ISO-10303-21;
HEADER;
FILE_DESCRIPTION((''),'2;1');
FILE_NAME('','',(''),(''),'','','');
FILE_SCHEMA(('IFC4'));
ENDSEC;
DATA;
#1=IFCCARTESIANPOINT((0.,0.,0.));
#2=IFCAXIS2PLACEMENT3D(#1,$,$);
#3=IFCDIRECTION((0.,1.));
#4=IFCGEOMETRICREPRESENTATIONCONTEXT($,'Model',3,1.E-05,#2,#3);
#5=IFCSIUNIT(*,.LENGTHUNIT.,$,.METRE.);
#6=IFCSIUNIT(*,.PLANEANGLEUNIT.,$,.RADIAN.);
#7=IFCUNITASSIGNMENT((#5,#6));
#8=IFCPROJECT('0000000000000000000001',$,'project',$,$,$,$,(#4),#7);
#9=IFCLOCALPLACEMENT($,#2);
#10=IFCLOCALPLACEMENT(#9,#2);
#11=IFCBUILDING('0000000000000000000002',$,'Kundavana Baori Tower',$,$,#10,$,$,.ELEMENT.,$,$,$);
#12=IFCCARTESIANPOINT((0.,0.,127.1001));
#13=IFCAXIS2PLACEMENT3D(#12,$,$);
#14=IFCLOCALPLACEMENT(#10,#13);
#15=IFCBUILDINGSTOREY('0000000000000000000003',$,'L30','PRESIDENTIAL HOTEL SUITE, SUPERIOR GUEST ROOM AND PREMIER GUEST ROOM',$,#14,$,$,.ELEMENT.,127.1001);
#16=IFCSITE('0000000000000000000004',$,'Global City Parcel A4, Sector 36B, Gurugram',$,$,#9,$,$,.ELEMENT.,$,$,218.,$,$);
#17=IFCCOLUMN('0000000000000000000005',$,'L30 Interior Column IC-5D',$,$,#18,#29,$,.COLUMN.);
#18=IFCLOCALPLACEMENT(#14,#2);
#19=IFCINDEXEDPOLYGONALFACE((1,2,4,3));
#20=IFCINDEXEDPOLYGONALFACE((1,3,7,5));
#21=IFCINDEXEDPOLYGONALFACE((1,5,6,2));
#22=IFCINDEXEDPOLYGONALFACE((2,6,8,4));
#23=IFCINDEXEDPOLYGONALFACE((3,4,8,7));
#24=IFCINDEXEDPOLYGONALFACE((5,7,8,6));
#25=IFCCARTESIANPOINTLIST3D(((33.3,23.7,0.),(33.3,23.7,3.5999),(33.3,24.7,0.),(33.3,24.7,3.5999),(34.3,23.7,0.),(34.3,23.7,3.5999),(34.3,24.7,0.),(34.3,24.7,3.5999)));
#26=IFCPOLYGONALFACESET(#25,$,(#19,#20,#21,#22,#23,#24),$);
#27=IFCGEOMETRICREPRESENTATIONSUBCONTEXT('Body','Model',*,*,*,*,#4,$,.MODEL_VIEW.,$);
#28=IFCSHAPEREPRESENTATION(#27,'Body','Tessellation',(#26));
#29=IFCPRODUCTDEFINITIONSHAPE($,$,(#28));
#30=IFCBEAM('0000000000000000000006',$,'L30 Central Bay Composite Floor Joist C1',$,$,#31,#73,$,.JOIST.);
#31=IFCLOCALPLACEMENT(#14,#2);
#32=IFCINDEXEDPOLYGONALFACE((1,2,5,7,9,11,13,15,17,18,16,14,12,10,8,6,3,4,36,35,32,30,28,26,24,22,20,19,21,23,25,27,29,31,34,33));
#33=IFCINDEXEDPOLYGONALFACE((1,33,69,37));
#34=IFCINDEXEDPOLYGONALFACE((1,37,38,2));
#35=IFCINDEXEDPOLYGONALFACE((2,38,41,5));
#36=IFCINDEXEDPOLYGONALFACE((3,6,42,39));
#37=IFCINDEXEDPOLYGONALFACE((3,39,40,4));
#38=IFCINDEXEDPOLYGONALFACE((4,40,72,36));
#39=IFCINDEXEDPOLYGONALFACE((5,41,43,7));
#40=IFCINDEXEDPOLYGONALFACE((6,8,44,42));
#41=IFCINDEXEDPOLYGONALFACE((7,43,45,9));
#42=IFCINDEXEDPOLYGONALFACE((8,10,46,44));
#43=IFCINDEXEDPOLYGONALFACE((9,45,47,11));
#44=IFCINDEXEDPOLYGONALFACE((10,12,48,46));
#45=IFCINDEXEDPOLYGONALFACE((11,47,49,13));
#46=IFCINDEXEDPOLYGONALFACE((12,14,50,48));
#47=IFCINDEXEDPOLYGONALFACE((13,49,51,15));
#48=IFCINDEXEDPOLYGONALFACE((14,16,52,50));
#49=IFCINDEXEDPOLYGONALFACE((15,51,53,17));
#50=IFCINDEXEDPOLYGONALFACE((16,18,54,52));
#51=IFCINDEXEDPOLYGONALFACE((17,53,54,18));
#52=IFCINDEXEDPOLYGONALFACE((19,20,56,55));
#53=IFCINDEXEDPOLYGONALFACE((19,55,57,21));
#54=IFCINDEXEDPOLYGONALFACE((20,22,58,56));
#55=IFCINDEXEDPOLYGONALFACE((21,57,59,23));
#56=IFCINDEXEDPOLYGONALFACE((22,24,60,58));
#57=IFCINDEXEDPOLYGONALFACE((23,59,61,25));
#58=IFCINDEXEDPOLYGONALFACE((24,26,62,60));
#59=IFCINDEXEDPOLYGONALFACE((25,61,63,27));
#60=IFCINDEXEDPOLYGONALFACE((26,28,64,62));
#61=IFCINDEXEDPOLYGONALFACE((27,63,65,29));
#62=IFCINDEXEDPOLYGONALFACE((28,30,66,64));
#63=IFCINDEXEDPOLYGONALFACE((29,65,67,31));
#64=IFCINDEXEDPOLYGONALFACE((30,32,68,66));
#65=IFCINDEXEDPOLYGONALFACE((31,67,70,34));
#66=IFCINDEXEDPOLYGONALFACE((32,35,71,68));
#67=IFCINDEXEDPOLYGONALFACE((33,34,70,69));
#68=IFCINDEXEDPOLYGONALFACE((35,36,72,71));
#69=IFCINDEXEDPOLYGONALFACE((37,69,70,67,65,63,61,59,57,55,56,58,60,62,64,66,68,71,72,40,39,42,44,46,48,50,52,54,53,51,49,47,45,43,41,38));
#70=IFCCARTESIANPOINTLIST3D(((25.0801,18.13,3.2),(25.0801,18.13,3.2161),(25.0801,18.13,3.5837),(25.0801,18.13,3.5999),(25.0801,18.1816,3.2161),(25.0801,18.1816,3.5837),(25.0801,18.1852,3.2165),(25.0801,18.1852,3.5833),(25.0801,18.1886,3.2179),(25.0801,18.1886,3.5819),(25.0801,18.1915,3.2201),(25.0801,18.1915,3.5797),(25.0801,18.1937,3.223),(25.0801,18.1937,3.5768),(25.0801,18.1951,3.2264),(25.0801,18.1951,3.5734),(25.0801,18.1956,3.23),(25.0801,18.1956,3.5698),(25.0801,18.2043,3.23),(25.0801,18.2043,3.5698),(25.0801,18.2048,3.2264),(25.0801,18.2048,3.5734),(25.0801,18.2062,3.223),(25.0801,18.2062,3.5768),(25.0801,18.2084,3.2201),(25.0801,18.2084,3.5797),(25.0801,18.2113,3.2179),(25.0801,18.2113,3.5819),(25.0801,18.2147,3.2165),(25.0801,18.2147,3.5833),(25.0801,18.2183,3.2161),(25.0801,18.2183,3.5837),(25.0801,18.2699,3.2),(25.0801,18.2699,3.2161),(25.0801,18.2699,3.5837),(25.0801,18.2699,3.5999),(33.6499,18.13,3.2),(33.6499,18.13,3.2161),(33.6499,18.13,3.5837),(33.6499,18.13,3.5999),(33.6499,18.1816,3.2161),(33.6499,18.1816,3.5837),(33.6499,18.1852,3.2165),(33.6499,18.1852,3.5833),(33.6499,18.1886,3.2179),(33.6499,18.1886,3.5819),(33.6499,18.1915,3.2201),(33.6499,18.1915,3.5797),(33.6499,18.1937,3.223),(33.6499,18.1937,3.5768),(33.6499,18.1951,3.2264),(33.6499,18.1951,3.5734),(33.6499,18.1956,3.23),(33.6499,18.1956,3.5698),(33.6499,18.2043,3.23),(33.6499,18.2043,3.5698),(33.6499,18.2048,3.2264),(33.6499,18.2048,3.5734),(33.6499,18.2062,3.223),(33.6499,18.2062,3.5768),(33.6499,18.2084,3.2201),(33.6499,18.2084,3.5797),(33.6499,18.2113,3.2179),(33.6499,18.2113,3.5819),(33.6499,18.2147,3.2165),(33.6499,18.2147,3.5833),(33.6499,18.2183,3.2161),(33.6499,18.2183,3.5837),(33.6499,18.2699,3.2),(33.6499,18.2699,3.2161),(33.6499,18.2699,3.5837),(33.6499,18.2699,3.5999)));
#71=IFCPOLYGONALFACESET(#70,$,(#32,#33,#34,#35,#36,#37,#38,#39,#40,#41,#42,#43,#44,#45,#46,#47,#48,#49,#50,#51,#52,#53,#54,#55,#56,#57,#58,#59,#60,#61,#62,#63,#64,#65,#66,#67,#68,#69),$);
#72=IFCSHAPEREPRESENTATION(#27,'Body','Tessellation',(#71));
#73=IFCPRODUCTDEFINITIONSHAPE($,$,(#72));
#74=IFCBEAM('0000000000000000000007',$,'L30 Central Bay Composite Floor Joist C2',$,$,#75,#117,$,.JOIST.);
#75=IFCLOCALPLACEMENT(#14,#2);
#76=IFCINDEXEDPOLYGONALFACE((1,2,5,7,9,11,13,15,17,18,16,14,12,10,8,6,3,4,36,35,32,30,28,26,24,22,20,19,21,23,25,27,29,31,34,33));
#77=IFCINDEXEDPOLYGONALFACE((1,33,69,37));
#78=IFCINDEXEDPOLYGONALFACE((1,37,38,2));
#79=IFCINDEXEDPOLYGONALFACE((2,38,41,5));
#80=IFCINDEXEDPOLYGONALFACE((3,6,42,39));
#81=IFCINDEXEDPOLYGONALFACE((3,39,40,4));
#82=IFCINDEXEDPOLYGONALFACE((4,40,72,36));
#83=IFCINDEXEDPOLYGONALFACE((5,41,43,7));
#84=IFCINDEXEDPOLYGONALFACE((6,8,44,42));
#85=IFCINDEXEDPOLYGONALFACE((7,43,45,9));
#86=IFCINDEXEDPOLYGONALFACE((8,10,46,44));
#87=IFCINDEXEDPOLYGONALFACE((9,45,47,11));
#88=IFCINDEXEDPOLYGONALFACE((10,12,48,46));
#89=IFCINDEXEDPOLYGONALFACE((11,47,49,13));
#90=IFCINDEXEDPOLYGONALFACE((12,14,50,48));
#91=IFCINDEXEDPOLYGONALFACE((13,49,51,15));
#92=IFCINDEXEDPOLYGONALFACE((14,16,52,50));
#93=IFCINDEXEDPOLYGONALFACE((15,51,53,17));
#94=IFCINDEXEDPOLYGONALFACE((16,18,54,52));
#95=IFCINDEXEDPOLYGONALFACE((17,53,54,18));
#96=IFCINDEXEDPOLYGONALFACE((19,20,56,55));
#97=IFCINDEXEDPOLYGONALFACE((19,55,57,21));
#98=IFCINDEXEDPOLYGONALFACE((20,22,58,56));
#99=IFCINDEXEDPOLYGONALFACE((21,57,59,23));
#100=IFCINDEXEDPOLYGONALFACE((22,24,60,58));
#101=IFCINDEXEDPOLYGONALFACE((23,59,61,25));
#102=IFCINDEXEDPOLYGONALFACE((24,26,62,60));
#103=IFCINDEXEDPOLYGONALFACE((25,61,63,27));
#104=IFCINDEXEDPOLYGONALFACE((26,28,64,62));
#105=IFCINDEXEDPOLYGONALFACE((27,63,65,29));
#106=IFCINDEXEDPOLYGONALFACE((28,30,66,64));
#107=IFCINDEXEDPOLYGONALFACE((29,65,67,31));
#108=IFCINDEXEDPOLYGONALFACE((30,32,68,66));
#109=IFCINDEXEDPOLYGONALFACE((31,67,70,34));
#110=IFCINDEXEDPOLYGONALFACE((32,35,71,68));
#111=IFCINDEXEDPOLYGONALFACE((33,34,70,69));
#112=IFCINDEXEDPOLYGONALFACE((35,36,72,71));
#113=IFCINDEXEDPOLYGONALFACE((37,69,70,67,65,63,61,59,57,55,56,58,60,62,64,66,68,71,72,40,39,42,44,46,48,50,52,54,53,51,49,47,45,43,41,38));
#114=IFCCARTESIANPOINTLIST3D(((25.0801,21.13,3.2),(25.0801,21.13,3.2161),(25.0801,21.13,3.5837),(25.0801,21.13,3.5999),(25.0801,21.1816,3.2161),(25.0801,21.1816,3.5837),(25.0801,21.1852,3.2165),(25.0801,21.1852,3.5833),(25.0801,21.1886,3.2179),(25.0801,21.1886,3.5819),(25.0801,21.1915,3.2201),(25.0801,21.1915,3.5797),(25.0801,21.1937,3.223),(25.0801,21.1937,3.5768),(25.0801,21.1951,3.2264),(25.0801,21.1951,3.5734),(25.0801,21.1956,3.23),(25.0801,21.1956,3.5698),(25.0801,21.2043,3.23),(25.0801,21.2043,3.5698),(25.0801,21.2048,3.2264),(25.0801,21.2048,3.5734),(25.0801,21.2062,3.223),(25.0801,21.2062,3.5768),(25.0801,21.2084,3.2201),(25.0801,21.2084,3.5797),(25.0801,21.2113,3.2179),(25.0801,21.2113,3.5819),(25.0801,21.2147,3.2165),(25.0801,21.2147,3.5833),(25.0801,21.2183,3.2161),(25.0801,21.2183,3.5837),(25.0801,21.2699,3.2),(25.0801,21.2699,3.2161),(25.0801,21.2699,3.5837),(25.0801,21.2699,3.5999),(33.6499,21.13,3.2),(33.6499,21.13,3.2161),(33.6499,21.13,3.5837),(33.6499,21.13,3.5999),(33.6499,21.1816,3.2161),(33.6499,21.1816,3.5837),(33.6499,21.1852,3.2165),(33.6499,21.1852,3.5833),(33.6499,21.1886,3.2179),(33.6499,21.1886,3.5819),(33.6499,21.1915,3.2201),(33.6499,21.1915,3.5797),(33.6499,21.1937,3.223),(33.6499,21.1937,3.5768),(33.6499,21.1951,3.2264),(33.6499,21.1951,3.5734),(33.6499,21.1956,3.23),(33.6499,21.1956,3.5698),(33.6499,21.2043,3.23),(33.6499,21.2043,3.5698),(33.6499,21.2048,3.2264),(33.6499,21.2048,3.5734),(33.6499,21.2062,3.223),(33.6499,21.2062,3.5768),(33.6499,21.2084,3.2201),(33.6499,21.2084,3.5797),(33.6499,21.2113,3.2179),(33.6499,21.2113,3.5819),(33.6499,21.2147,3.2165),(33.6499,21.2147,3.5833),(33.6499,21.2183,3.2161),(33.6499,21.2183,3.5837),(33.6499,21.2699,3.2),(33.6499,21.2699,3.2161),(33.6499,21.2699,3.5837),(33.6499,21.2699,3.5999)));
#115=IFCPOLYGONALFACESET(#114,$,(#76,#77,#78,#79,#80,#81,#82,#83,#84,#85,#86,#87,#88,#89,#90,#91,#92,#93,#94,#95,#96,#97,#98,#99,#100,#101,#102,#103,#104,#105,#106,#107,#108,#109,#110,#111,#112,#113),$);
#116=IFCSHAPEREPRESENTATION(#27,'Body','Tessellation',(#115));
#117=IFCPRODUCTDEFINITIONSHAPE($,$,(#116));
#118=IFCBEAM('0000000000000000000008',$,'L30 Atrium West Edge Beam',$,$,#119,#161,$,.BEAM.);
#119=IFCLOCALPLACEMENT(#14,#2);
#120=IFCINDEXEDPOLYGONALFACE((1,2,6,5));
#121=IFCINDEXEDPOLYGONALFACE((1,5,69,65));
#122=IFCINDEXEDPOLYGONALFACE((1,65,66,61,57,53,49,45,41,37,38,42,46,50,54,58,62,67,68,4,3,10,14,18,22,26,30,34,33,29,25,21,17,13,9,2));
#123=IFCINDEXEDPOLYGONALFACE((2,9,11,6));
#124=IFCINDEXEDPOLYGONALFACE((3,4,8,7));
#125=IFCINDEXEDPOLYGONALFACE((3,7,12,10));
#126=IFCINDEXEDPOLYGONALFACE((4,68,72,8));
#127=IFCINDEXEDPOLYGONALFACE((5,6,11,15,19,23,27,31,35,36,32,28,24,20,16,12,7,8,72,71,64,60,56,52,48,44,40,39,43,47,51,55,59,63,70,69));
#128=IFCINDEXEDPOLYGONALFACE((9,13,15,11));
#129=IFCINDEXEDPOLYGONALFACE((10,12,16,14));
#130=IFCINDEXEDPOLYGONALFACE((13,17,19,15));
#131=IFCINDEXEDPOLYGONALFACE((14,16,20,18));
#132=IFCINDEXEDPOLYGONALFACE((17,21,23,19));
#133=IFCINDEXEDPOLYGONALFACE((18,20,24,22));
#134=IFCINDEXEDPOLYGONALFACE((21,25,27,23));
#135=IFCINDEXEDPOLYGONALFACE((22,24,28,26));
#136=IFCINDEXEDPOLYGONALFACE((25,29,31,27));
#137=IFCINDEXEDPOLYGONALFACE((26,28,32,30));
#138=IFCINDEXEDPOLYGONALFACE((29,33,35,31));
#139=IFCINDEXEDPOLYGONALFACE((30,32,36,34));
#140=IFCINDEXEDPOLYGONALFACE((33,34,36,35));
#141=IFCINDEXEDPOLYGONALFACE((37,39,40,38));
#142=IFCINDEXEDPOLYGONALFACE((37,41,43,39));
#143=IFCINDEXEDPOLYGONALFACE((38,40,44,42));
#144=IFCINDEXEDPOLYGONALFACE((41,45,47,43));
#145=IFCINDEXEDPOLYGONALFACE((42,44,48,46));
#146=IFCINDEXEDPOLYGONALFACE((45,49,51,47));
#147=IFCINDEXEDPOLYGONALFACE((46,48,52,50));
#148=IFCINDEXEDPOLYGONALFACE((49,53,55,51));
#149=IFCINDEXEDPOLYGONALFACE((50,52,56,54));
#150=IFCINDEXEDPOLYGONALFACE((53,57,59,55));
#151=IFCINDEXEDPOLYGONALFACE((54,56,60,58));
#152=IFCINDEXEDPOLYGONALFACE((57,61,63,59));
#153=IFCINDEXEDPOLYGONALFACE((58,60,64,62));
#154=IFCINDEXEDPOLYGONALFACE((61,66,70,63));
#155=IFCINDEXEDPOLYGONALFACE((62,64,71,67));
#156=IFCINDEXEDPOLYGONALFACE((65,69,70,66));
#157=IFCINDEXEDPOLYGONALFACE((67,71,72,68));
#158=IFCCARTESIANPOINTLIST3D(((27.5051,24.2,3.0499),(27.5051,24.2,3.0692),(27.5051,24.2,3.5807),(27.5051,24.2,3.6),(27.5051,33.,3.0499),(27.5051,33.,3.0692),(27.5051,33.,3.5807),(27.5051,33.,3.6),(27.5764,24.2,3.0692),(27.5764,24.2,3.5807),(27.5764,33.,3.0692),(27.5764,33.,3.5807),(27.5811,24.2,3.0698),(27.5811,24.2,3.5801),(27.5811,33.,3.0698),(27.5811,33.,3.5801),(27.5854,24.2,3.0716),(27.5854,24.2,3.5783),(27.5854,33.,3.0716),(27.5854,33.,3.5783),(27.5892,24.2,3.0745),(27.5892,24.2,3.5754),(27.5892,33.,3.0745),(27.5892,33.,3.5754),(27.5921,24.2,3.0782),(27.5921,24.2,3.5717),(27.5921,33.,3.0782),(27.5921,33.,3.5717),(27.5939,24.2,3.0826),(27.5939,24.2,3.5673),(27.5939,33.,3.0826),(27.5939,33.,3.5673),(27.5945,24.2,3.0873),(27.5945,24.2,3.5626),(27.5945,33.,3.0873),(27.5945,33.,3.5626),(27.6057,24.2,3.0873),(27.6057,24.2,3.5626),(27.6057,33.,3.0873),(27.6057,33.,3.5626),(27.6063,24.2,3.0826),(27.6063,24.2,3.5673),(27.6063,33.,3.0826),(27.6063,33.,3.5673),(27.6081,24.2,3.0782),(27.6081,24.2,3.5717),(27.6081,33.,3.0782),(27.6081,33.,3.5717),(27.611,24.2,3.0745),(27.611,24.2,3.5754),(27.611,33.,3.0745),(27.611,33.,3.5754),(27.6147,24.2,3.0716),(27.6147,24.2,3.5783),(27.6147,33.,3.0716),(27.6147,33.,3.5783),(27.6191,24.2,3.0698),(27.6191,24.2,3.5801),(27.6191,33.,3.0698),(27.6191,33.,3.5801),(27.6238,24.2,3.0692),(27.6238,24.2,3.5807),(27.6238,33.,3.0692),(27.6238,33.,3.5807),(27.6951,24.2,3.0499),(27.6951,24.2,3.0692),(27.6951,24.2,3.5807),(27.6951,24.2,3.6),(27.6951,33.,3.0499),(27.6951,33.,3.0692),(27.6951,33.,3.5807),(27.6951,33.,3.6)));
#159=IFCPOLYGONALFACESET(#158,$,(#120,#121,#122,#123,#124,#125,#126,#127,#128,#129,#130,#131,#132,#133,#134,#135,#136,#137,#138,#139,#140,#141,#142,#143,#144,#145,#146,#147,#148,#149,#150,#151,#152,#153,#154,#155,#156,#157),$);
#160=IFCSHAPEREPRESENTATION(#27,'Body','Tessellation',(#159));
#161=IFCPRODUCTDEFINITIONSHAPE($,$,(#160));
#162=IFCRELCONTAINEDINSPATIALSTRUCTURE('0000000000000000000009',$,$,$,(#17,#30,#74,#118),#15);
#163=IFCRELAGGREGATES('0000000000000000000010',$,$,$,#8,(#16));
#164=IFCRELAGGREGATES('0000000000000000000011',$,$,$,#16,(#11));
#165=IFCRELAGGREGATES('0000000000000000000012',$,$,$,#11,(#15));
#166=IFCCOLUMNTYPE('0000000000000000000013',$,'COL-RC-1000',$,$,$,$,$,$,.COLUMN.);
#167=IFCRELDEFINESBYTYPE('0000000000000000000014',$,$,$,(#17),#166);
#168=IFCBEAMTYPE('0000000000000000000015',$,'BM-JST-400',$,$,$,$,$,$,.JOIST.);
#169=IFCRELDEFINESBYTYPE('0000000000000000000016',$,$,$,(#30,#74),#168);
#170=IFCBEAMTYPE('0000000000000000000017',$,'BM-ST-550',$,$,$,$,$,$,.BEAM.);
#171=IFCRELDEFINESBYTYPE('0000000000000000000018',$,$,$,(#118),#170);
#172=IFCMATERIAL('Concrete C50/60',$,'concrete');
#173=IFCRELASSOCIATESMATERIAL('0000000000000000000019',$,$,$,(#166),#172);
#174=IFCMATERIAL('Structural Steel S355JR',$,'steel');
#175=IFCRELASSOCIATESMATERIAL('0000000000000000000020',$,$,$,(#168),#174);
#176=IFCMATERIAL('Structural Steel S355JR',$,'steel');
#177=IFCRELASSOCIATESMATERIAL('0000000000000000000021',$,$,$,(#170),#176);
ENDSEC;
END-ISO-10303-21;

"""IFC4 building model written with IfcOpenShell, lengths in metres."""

from ifc_helpers import new_model, si_unit, direction, frame, origin, origin_2d, place, context, subcontext, project, spatial, rectangle, i_section, extrude, material, material_profile, profile_set, type_object, element, save


model = new_model("IFC4")

# Units and contexts
model_context = context("Model", 3, precision=1e-05, world=origin(), true_north=direction((0.0, 1.0)))
body_context = subcontext(model_context, "Body", "Model", "MODEL_VIEW")
ifc_project = project(units=[si_unit("LENGTHUNIT", "METRE"), si_unit("PLANEANGLEUNIT", "RADIAN")], contexts=[model_context])

# Site, building, storey
site_placement = place(None, origin())
site = spatial("IfcSite", under=ifc_project, at=site_placement, Name="Global City Parcel A4, Sector 36B, Gurugram", CompositionType="ELEMENT", RefElevation=218.0)
building_placement = place(site_placement, origin())
building = spatial("IfcBuilding", under=site, at=building_placement, Name="Kundavana Baori Tower", CompositionType="ELEMENT")
storey_placement = place(building_placement, frame((0.0, 0.0, 127.1001)))
storey = spatial("IfcBuildingStorey", under=building, at=storey_placement, Name="L30", Description="PRESIDENTIAL HOTEL SUITE, SUPERIOR GUEST ROOM AND PREMIER GUEST ROOM", CompositionType="ELEMENT", Elevation=127.1001)

# Column
ifc_material_1 = material(Name="Concrete C50/60", Category="concrete")
ifc_material_profile_1 = material_profile(ifc_material_1, rectangle(XDim=1.0, YDim=1.0, at=origin_2d()), Name="RC 1000x1000")
ifc_profile_set_1 = profile_set([ifc_material_profile_1], Name="Concrete C50/60")
column_type = type_object("IfcColumnType", Name="COL-RC-1000", PredefinedType="COLUMN", material=ifc_profile_set_1)
column_placement = place(storey_placement, frame((33.8, 24.2, 0.0), z_axis=(0.0, 0.0, 1.0), x_axis=(1.0, 0.0, 0.0)))
element("IfcColumn", 1, at=column_placement, inside=storey, type_object=column_type, Name="L30 Interior Column IC-5D", PredefinedType="COLUMN", context=body_context, shape_type="SweptSolid", body=[
    extrude(rectangle(XDim=1.0, YDim=1.0, at=origin_2d()), origin(), (0.0, 0.0, 1.0), 3.5999),
])

# Beams
ifc_material_2 = material(Name="Structural Steel S355JR", Category="steel")
ifc_material_profile_2 = material_profile(ifc_material_2, i_section(OverallWidth=0.1399, OverallDepth=0.3999, WebThickness=0.0088, FlangeThickness=0.0161, FilletRadius=0.0139, at=origin_2d()), Name="ISMB 400")
ifc_profile_set_2 = profile_set([ifc_material_profile_2], Name="Structural Steel S355JR")
beam_type_1 = type_object("IfcBeamType", Name="BM-JST-400", PredefinedType="JOIST", material=ifc_profile_set_2)
for number, where, z_axis, x_axis, name in (
    (2, (25.0801, 18.2, 3.3999), (1.0, 0.0, 0.0), (0.0, 1.0, 0.0), "L30 Central Bay Composite Floor Joist C1"),
    (3, (25.0801, 21.2, 3.3999), (1.0, 0.0, 0.0), (0.0, 1.0, 0.0), "L30 Central Bay Composite Floor Joist C2"),
):
    element("IfcBeam", number, at=place(storey_placement, frame(where, z_axis=z_axis, x_axis=x_axis)), inside=storey, type_object=beam_type_1, Name=name, PredefinedType="JOIST", context=body_context, shape_type="SweptSolid", body=[
        extrude(i_section(OverallWidth=0.1399, OverallDepth=0.3999, WebThickness=0.0088, FlangeThickness=0.0161, FilletRadius=0.0139, at=origin_2d()), origin(), (0.0, 0.0, 1.0), 8.5698),
    ])
ifc_material_3 = material(Name="Structural Steel S355JR", Category="steel")
ifc_material_profile_3 = material_profile(ifc_material_3, i_section(OverallWidth=0.1899, OverallDepth=0.55, WebThickness=0.0112, FlangeThickness=0.0193, FilletRadius=0.0181, at=origin_2d()), Name="ISMB 550")
ifc_profile_set_3 = profile_set([ifc_material_profile_3], Name="Structural Steel S355JR")
beam_type_2 = type_object("IfcBeamType", Name="BM-ST-550", PredefinedType="BEAM", material=ifc_profile_set_3)
for number, where, z_axis, x_axis, name in (
    (4, (27.6001, 24.2, 3.325), (0.0, 1.0, 0.0), (-1.0, 0.0, 0.0), "L30 Atrium West Edge Beam"),
):
    element("IfcBeam", number, at=place(storey_placement, frame(where, z_axis=z_axis, x_axis=x_axis)), inside=storey, type_object=beam_type_2, Name=name, PredefinedType="BEAM", context=body_context, shape_type="SweptSolid", body=[
        extrude(i_section(OverallWidth=0.1899, OverallDepth=0.55, WebThickness=0.0112, FlangeThickness=0.0193, FilletRadius=0.0181, at=origin_2d()), origin(), (0.0, 0.0, 1.0), 8.8),
    ])

save(model, "model.ifc")
